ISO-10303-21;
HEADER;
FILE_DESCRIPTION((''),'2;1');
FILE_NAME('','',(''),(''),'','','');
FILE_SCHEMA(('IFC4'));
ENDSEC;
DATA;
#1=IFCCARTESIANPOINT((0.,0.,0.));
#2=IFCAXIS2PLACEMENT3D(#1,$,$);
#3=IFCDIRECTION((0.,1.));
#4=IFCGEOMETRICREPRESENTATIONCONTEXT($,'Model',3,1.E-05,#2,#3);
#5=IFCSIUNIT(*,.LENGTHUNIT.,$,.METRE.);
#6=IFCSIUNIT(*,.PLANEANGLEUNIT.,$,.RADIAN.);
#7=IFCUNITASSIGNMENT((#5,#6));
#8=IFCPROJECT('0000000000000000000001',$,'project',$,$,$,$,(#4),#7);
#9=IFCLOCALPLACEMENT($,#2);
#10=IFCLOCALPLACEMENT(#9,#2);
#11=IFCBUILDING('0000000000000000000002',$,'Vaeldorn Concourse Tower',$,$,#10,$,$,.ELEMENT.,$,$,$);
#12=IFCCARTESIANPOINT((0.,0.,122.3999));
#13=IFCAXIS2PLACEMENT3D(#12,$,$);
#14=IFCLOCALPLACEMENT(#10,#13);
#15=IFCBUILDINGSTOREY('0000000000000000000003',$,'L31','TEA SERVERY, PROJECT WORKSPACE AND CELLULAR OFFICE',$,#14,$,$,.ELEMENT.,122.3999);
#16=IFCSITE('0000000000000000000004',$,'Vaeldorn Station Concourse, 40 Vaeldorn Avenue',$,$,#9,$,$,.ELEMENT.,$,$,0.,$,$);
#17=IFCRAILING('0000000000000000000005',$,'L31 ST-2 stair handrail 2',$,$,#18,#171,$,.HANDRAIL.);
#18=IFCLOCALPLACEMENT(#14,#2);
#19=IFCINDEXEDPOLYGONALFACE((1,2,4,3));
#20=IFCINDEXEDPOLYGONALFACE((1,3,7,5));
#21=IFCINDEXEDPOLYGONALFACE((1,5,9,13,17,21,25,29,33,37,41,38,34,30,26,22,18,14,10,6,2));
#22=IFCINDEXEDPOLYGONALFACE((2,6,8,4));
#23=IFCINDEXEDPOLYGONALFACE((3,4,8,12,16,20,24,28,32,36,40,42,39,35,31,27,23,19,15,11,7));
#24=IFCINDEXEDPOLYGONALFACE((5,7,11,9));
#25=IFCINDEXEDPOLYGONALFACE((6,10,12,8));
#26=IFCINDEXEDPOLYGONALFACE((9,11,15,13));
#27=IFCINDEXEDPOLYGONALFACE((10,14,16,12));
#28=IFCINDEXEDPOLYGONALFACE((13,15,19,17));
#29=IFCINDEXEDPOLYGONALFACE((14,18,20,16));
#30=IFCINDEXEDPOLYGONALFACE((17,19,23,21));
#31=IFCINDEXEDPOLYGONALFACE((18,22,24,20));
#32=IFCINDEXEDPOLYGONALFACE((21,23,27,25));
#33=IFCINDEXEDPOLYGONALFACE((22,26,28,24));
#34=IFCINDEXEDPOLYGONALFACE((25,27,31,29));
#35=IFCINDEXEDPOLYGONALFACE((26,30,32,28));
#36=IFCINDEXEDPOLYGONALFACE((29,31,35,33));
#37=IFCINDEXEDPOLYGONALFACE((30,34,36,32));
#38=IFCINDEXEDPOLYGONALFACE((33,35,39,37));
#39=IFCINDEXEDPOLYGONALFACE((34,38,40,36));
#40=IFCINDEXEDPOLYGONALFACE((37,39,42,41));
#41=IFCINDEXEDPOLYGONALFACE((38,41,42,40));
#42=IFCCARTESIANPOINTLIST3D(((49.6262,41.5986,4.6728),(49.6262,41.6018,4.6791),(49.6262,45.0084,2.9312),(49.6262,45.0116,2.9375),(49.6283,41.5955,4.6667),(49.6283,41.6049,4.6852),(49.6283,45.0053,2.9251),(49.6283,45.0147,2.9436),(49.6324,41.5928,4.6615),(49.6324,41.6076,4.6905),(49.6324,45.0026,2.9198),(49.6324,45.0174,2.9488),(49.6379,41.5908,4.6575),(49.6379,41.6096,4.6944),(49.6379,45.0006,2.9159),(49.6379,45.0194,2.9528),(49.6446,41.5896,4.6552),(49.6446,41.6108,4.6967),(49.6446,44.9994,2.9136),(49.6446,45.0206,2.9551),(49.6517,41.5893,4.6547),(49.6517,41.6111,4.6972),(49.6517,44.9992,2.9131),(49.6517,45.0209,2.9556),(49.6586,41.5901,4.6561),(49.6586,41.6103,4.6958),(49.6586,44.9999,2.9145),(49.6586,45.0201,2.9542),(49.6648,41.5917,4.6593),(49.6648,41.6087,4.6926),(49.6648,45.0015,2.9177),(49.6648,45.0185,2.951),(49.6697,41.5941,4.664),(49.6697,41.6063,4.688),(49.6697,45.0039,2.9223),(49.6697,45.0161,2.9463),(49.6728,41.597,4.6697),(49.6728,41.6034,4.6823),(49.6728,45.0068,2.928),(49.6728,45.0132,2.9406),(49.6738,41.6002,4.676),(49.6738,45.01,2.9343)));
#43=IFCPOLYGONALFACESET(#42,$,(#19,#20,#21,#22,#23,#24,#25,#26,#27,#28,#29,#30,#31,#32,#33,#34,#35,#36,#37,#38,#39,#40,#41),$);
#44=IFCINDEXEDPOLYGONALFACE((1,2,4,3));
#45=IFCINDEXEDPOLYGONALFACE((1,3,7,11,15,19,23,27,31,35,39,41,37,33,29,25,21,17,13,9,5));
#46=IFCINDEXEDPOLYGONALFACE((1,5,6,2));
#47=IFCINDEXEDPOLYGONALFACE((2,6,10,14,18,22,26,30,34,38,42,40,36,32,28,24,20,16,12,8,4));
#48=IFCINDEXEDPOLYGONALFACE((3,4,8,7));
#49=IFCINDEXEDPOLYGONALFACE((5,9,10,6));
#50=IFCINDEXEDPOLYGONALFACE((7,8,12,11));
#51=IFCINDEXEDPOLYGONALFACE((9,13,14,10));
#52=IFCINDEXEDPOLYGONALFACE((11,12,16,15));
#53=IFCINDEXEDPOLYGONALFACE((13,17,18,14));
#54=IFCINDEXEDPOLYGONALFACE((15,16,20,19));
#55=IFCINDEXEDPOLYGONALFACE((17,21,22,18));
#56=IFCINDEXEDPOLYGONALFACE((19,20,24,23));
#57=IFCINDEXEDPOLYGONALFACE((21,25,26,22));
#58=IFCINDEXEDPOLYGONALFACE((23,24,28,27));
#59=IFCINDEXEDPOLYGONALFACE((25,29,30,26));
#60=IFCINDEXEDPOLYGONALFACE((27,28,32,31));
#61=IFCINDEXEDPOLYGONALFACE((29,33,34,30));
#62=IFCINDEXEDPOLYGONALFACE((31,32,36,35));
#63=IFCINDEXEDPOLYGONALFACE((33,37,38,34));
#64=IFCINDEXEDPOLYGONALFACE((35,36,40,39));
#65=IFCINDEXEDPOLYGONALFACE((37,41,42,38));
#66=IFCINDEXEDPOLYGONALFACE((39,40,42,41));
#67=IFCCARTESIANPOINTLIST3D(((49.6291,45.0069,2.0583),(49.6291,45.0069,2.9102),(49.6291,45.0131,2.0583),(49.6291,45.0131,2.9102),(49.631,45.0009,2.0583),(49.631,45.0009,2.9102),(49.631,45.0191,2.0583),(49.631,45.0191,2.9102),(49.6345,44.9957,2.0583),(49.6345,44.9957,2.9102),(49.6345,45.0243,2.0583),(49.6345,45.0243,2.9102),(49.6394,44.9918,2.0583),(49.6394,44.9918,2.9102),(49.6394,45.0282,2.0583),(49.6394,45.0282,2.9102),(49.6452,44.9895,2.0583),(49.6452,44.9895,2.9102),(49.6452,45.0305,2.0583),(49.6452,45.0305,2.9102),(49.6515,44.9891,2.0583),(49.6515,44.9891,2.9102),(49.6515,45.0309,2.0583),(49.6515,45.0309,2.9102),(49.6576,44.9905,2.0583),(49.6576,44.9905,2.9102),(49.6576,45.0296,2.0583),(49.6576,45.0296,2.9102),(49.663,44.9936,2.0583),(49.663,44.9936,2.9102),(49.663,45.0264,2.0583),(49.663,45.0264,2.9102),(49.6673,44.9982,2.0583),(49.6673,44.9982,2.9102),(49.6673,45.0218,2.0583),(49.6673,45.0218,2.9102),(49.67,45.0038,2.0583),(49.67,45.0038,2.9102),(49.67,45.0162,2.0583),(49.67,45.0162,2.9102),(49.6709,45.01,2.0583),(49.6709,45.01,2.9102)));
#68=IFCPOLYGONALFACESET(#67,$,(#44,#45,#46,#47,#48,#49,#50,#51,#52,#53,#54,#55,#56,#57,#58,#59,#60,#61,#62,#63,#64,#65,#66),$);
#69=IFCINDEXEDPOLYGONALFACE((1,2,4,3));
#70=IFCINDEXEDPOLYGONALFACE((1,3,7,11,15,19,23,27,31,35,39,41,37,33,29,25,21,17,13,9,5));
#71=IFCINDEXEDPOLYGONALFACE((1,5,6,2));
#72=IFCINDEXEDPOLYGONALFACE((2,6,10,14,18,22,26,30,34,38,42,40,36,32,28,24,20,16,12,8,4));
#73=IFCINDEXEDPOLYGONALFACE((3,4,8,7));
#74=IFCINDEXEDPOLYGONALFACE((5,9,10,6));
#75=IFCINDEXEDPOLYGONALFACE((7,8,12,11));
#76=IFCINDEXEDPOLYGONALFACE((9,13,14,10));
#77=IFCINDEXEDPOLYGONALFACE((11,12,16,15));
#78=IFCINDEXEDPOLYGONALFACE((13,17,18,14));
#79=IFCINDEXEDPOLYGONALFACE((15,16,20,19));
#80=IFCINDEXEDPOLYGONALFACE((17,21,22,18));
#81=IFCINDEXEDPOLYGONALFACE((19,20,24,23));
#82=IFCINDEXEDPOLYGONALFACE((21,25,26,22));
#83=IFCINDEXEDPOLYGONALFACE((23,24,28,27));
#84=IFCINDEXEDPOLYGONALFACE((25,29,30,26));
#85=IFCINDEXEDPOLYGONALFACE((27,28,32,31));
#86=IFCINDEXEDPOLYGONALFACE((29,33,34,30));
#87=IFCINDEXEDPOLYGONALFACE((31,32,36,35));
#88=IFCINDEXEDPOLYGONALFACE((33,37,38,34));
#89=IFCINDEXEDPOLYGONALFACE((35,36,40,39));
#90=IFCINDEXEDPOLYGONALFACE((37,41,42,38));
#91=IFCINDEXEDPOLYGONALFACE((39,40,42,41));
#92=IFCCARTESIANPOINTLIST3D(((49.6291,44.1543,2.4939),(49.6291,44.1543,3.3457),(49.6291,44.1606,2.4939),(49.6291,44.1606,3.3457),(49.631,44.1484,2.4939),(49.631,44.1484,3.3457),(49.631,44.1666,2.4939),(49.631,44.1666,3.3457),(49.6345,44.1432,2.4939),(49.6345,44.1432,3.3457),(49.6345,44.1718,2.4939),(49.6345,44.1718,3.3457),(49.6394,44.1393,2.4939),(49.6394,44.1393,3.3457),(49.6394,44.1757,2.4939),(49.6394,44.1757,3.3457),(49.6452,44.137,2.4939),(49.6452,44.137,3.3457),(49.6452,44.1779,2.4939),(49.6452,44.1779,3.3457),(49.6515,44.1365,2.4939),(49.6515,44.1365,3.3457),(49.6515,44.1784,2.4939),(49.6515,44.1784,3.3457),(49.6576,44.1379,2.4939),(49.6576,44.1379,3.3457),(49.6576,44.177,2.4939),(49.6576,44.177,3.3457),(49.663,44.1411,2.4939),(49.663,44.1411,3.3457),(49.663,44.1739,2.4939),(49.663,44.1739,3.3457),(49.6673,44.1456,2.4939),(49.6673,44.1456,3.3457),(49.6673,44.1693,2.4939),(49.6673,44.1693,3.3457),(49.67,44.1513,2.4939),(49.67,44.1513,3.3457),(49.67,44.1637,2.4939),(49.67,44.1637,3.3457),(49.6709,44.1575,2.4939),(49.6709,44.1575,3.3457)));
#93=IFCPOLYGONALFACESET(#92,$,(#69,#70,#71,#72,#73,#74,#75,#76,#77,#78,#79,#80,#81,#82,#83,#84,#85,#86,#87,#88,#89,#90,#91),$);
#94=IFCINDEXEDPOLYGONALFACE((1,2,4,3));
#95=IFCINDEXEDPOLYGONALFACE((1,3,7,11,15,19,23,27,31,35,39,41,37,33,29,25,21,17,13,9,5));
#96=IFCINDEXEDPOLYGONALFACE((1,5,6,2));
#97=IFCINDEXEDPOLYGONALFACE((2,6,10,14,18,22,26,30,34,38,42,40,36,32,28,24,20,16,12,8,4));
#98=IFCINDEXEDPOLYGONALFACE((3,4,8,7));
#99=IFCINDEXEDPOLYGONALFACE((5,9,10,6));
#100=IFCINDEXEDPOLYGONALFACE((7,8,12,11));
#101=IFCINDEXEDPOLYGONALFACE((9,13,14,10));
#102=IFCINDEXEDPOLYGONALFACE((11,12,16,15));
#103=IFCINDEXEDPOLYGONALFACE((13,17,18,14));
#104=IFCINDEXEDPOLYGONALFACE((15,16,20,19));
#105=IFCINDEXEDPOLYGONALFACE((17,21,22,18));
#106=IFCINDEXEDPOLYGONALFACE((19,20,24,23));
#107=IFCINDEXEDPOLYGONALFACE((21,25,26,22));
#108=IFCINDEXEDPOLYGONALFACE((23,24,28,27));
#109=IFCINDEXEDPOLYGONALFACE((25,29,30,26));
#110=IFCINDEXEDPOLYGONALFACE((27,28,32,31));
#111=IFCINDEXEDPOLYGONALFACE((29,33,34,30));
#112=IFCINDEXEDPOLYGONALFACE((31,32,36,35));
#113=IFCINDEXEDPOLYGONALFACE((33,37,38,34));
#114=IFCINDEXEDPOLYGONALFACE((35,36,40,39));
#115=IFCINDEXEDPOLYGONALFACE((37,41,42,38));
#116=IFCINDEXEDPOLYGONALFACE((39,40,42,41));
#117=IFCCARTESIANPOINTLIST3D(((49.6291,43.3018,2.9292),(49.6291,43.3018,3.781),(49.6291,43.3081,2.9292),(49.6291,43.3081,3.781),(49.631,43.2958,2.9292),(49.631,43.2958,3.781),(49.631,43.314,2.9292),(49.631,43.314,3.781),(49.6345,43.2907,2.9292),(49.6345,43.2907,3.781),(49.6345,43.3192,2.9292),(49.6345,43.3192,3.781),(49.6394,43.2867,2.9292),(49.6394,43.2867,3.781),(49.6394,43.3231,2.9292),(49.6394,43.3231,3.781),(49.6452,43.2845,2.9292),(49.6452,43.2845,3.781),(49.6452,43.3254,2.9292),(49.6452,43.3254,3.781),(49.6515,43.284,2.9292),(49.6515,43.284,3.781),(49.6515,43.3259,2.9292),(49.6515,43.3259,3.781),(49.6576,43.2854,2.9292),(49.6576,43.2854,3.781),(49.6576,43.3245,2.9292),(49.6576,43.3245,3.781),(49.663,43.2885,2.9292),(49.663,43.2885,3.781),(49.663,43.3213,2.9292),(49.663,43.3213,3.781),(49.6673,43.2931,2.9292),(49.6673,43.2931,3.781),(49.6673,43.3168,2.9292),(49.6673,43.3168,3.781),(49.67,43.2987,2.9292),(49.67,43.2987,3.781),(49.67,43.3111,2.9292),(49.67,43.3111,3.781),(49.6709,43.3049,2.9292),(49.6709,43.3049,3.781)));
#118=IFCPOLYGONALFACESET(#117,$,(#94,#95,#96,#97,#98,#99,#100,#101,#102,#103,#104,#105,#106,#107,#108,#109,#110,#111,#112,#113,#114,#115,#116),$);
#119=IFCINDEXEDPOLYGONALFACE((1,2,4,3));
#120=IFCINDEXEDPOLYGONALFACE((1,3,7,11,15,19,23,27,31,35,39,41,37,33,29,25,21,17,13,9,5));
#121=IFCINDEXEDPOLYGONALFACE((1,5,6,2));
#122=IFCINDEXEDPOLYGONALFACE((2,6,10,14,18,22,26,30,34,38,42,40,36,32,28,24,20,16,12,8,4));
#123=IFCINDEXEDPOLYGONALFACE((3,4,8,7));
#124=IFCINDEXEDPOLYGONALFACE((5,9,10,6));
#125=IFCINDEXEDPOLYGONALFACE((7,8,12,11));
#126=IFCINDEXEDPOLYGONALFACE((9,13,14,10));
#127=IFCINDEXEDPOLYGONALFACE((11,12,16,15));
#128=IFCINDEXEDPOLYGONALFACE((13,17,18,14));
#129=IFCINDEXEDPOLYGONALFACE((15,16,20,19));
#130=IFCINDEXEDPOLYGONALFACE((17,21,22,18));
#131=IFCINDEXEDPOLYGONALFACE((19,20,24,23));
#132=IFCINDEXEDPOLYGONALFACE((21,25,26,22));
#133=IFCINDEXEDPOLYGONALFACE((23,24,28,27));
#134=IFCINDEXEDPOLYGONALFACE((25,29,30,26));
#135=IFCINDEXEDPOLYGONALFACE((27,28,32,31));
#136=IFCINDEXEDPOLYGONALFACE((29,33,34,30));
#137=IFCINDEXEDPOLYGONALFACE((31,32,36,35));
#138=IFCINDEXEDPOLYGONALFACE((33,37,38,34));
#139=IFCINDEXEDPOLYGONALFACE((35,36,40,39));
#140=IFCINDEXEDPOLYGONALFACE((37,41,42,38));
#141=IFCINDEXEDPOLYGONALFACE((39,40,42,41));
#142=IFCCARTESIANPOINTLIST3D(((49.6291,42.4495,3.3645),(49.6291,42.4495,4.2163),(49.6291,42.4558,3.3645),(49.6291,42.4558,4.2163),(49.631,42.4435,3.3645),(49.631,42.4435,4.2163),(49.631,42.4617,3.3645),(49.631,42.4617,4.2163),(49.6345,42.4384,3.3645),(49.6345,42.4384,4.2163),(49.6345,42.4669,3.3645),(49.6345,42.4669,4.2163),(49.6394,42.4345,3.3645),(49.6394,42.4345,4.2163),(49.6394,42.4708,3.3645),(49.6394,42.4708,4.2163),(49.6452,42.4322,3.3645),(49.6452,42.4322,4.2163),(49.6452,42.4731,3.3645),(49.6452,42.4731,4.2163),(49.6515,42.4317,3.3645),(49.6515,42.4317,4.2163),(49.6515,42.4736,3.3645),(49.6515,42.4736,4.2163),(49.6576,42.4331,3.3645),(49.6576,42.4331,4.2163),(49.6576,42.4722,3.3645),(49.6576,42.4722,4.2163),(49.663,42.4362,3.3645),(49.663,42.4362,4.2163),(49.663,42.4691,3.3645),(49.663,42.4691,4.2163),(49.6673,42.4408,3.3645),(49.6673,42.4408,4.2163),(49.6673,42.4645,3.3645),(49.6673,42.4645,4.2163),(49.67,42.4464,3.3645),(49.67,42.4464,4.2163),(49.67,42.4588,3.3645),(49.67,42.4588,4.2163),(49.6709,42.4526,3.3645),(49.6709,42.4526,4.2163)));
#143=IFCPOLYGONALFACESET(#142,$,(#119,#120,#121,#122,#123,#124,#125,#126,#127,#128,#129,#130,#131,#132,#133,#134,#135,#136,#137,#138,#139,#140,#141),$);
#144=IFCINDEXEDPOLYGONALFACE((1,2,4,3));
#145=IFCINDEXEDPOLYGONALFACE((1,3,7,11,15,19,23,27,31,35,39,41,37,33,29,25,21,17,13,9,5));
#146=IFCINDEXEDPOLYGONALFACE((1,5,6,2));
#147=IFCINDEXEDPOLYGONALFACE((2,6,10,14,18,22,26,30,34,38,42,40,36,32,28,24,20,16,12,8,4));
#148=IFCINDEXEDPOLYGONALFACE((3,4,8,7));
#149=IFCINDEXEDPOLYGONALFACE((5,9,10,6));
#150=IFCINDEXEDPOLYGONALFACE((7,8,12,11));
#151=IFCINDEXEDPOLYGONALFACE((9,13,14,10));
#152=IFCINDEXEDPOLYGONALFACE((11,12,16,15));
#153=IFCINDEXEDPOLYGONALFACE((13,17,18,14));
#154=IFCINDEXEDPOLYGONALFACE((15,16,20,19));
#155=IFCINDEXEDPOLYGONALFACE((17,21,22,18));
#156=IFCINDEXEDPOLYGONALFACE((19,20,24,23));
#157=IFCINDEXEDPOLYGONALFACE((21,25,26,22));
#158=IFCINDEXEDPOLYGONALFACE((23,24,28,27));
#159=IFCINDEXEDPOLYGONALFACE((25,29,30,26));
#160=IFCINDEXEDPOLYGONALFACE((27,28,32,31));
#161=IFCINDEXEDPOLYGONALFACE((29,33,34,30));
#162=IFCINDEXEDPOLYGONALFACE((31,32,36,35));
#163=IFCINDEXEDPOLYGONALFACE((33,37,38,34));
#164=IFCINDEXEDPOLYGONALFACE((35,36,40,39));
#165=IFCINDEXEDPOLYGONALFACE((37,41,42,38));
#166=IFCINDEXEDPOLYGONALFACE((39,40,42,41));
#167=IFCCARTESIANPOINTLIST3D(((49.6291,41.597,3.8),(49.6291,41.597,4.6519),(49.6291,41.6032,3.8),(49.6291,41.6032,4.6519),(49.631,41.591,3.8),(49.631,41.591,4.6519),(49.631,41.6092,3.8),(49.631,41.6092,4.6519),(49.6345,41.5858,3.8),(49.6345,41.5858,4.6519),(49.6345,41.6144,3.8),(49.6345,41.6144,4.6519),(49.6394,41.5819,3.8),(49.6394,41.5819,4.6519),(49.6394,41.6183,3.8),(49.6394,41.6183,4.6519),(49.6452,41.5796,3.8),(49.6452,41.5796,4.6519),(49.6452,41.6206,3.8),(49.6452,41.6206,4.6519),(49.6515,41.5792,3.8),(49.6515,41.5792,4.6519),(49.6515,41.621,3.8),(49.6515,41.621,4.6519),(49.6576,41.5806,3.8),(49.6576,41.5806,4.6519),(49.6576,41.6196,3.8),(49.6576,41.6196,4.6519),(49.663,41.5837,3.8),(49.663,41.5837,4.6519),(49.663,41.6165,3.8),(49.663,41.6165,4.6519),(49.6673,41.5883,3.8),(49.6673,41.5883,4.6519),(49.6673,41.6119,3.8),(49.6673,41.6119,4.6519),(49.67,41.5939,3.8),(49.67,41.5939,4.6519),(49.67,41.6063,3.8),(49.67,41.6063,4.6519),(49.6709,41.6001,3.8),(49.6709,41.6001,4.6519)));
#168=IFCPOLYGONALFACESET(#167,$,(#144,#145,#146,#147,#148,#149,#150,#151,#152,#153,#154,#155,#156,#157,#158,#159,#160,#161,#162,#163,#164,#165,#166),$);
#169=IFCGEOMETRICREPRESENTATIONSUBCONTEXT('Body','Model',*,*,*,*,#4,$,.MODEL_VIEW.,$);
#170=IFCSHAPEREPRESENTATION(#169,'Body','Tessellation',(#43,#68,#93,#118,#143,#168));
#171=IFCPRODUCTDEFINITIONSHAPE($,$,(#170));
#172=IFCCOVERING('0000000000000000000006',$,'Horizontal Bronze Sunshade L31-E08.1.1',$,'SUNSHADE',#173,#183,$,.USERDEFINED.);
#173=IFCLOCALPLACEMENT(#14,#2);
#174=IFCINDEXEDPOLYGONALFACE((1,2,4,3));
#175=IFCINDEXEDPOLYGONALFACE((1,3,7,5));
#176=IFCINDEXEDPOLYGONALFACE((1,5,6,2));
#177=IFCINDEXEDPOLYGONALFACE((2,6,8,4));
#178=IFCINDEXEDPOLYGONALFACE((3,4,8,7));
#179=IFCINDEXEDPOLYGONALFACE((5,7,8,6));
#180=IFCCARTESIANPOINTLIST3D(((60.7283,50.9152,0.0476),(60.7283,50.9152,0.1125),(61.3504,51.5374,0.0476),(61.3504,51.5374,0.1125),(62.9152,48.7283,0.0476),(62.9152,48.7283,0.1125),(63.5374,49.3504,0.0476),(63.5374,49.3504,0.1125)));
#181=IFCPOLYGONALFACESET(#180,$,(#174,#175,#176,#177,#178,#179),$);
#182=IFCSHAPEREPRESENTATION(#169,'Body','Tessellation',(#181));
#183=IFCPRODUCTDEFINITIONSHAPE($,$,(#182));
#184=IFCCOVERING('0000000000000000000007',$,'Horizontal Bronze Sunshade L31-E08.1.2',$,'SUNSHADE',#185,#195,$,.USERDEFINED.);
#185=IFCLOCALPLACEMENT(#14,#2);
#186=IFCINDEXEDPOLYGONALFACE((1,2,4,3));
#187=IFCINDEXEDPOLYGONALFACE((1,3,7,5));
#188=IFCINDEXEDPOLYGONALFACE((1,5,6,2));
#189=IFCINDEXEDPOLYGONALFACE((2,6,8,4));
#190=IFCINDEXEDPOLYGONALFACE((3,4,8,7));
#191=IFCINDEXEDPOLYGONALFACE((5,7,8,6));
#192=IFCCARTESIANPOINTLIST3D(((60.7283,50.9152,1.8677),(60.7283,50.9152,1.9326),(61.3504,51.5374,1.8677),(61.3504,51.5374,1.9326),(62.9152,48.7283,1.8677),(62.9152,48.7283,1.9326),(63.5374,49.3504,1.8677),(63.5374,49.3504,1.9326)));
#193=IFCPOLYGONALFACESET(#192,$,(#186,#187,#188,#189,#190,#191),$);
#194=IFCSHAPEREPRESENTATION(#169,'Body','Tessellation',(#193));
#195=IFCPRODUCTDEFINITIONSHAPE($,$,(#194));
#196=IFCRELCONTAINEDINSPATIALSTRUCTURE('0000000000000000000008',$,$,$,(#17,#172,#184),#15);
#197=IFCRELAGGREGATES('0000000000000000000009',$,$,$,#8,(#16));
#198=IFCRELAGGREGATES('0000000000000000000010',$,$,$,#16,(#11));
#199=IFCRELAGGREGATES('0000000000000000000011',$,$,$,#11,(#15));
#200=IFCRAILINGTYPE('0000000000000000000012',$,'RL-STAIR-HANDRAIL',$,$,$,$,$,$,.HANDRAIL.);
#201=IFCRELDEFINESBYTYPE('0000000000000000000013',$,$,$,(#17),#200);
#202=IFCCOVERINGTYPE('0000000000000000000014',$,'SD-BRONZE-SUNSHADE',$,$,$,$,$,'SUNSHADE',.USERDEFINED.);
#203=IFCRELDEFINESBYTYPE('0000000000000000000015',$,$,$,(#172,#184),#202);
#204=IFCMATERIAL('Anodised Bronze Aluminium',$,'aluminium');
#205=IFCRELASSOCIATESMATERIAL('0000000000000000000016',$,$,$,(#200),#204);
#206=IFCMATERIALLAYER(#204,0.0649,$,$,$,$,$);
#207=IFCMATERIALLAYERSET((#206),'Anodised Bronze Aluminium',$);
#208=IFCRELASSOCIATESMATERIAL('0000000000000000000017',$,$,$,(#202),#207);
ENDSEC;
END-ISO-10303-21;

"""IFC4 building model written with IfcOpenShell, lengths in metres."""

from ifc_helpers import new_model, si_unit, direction, frame, origin, origin_2d, place, context, subcontext, project, spatial, rectangle, circle, extrude, source, transform, mapped, material, layer, layer_set, type_object, element, save


model = new_model("IFC4")

# Units and contexts
model_context = context("Model", 3, precision=1e-05, world=origin(), true_north=direction((0.0, 1.0)))
body_context = subcontext(model_context, "Body", "Model", "MODEL_VIEW")
ifc_project = project(units=[si_unit("LENGTHUNIT", "METRE"), si_unit("PLANEANGLEUNIT", "RADIAN")], contexts=[model_context])

# Site, building, storey
site_placement = place(None, origin())
site = spatial("IfcSite", under=ifc_project, at=site_placement, Name="Vaeldorn Station Concourse, 40 Vaeldorn Avenue", CompositionType="ELEMENT", RefElevation=0.0)
building_placement = place(site_placement, origin())
building = spatial("IfcBuilding", under=site, at=building_placement, Name="Vaeldorn Concourse Tower", CompositionType="ELEMENT")
storey_placement = place(building_placement, frame((0.0, 0.0, 122.3999)))
storey = spatial("IfcBuildingStorey", under=building, at=storey_placement, Name="L31", Description="TEA SERVERY, PROJECT WORKSPACE AND CELLULAR OFFICE", CompositionType="ELEMENT", Elevation=122.3999)

# Shared definitions
ifc_material_1 = material(Name="Anodised Bronze Aluminium", Category="aluminium")

# Railing
railing_type_1 = type_object("IfcRailingType", Name="RL-STAIR-HANDRAIL", PredefinedType="HANDRAIL", material=ifc_material_1)
railing_1_placement = place(storey_placement, frame((49.6499, 45.01, 2.0583)))
element("IfcRailing", 1, at=railing_1_placement, inside=storey, type_object=railing_type_1, Name="L31 ST-2 stair handrail 2", PredefinedType="HANDRAIL", context=body_context, shape_type="SweptSolid", body=[
    extrude(circle(Radius=0.0239, at=origin_2d()), frame((0.0, 0.0, 0.876), z_axis=(0.0, -0.890556, 0.454874), x_axis=(1.0, 0.0, 0.0)), (0.0, 0.0, 1.0), 3.8289),
    extrude(circle(Radius=0.021, at=origin_2d()), origin(), (0.0, 0.0, 1.0), 0.8518),
    extrude(circle(Radius=0.021, at=origin_2d()), frame((0.0, -0.8525, 0.4355)), (0.0, 0.0, 1.0), 0.8518),
    extrude(circle(Radius=0.021, at=origin_2d()), frame((0.0, -1.7051, 0.8708)), (0.0, 0.0, 1.0), 0.8518),
    extrude(circle(Radius=0.021, at=origin_2d()), frame((0.0, -2.5574, 1.3062)), (0.0, 0.0, 1.0), 0.8518),
    extrude(circle(Radius=0.021, at=origin_2d()), frame((0.0, -3.4099, 1.7417)), (0.0, 0.0, 1.0), 0.8518),
])

# Coverings
ifc_layer_1 = layer(ifc_material_1, 0.0649)
ifc_layer_set_1 = layer_set([ifc_layer_1], Name="Anodised Bronze Aluminium")
covering_type = type_object("IfcCoveringType", Name="SD-BRONZE-SUNSHADE", ElementType="SUNSHADE", PredefinedType="USERDEFINED", material=ifc_layer_set_1)
shared_shape_1 = source(origin(), body_context, "Body", "SweptSolid", [
    extrude(rectangle(XDim=3.0928, YDim=0.8799, at=origin_2d()), origin(), (0.0, 0.0, 1.0), 0.0649),
])
for number, where, z_axis, x_axis, name in (
    (2, (62.1328, 50.1328, 0.0476), (0.0, 0.0, 1.0), (-0.707107, 0.707107, 0.0), "Horizontal Bronze Sunshade L31-E08.1.1"),
    (3, (62.1328, 50.1328, 1.8677), (0.0, 0.0, 1.0), (-0.707107, 0.707107, 0.0), "Horizontal Bronze Sunshade L31-E08.1.2"),
):
    element("IfcCovering", number, at=place(storey_placement, frame(where, z_axis=z_axis, x_axis=x_axis)), inside=storey, type_object=covering_type, Name=name, ObjectType="SUNSHADE", PredefinedType="USERDEFINED", context=body_context, shape_type="MappedRepresentation", body=[
        mapped(shared_shape_1, transform((0.0, 0.0, 0.0), scale=1.0)),
    ])

save(model, "model.ifc")
